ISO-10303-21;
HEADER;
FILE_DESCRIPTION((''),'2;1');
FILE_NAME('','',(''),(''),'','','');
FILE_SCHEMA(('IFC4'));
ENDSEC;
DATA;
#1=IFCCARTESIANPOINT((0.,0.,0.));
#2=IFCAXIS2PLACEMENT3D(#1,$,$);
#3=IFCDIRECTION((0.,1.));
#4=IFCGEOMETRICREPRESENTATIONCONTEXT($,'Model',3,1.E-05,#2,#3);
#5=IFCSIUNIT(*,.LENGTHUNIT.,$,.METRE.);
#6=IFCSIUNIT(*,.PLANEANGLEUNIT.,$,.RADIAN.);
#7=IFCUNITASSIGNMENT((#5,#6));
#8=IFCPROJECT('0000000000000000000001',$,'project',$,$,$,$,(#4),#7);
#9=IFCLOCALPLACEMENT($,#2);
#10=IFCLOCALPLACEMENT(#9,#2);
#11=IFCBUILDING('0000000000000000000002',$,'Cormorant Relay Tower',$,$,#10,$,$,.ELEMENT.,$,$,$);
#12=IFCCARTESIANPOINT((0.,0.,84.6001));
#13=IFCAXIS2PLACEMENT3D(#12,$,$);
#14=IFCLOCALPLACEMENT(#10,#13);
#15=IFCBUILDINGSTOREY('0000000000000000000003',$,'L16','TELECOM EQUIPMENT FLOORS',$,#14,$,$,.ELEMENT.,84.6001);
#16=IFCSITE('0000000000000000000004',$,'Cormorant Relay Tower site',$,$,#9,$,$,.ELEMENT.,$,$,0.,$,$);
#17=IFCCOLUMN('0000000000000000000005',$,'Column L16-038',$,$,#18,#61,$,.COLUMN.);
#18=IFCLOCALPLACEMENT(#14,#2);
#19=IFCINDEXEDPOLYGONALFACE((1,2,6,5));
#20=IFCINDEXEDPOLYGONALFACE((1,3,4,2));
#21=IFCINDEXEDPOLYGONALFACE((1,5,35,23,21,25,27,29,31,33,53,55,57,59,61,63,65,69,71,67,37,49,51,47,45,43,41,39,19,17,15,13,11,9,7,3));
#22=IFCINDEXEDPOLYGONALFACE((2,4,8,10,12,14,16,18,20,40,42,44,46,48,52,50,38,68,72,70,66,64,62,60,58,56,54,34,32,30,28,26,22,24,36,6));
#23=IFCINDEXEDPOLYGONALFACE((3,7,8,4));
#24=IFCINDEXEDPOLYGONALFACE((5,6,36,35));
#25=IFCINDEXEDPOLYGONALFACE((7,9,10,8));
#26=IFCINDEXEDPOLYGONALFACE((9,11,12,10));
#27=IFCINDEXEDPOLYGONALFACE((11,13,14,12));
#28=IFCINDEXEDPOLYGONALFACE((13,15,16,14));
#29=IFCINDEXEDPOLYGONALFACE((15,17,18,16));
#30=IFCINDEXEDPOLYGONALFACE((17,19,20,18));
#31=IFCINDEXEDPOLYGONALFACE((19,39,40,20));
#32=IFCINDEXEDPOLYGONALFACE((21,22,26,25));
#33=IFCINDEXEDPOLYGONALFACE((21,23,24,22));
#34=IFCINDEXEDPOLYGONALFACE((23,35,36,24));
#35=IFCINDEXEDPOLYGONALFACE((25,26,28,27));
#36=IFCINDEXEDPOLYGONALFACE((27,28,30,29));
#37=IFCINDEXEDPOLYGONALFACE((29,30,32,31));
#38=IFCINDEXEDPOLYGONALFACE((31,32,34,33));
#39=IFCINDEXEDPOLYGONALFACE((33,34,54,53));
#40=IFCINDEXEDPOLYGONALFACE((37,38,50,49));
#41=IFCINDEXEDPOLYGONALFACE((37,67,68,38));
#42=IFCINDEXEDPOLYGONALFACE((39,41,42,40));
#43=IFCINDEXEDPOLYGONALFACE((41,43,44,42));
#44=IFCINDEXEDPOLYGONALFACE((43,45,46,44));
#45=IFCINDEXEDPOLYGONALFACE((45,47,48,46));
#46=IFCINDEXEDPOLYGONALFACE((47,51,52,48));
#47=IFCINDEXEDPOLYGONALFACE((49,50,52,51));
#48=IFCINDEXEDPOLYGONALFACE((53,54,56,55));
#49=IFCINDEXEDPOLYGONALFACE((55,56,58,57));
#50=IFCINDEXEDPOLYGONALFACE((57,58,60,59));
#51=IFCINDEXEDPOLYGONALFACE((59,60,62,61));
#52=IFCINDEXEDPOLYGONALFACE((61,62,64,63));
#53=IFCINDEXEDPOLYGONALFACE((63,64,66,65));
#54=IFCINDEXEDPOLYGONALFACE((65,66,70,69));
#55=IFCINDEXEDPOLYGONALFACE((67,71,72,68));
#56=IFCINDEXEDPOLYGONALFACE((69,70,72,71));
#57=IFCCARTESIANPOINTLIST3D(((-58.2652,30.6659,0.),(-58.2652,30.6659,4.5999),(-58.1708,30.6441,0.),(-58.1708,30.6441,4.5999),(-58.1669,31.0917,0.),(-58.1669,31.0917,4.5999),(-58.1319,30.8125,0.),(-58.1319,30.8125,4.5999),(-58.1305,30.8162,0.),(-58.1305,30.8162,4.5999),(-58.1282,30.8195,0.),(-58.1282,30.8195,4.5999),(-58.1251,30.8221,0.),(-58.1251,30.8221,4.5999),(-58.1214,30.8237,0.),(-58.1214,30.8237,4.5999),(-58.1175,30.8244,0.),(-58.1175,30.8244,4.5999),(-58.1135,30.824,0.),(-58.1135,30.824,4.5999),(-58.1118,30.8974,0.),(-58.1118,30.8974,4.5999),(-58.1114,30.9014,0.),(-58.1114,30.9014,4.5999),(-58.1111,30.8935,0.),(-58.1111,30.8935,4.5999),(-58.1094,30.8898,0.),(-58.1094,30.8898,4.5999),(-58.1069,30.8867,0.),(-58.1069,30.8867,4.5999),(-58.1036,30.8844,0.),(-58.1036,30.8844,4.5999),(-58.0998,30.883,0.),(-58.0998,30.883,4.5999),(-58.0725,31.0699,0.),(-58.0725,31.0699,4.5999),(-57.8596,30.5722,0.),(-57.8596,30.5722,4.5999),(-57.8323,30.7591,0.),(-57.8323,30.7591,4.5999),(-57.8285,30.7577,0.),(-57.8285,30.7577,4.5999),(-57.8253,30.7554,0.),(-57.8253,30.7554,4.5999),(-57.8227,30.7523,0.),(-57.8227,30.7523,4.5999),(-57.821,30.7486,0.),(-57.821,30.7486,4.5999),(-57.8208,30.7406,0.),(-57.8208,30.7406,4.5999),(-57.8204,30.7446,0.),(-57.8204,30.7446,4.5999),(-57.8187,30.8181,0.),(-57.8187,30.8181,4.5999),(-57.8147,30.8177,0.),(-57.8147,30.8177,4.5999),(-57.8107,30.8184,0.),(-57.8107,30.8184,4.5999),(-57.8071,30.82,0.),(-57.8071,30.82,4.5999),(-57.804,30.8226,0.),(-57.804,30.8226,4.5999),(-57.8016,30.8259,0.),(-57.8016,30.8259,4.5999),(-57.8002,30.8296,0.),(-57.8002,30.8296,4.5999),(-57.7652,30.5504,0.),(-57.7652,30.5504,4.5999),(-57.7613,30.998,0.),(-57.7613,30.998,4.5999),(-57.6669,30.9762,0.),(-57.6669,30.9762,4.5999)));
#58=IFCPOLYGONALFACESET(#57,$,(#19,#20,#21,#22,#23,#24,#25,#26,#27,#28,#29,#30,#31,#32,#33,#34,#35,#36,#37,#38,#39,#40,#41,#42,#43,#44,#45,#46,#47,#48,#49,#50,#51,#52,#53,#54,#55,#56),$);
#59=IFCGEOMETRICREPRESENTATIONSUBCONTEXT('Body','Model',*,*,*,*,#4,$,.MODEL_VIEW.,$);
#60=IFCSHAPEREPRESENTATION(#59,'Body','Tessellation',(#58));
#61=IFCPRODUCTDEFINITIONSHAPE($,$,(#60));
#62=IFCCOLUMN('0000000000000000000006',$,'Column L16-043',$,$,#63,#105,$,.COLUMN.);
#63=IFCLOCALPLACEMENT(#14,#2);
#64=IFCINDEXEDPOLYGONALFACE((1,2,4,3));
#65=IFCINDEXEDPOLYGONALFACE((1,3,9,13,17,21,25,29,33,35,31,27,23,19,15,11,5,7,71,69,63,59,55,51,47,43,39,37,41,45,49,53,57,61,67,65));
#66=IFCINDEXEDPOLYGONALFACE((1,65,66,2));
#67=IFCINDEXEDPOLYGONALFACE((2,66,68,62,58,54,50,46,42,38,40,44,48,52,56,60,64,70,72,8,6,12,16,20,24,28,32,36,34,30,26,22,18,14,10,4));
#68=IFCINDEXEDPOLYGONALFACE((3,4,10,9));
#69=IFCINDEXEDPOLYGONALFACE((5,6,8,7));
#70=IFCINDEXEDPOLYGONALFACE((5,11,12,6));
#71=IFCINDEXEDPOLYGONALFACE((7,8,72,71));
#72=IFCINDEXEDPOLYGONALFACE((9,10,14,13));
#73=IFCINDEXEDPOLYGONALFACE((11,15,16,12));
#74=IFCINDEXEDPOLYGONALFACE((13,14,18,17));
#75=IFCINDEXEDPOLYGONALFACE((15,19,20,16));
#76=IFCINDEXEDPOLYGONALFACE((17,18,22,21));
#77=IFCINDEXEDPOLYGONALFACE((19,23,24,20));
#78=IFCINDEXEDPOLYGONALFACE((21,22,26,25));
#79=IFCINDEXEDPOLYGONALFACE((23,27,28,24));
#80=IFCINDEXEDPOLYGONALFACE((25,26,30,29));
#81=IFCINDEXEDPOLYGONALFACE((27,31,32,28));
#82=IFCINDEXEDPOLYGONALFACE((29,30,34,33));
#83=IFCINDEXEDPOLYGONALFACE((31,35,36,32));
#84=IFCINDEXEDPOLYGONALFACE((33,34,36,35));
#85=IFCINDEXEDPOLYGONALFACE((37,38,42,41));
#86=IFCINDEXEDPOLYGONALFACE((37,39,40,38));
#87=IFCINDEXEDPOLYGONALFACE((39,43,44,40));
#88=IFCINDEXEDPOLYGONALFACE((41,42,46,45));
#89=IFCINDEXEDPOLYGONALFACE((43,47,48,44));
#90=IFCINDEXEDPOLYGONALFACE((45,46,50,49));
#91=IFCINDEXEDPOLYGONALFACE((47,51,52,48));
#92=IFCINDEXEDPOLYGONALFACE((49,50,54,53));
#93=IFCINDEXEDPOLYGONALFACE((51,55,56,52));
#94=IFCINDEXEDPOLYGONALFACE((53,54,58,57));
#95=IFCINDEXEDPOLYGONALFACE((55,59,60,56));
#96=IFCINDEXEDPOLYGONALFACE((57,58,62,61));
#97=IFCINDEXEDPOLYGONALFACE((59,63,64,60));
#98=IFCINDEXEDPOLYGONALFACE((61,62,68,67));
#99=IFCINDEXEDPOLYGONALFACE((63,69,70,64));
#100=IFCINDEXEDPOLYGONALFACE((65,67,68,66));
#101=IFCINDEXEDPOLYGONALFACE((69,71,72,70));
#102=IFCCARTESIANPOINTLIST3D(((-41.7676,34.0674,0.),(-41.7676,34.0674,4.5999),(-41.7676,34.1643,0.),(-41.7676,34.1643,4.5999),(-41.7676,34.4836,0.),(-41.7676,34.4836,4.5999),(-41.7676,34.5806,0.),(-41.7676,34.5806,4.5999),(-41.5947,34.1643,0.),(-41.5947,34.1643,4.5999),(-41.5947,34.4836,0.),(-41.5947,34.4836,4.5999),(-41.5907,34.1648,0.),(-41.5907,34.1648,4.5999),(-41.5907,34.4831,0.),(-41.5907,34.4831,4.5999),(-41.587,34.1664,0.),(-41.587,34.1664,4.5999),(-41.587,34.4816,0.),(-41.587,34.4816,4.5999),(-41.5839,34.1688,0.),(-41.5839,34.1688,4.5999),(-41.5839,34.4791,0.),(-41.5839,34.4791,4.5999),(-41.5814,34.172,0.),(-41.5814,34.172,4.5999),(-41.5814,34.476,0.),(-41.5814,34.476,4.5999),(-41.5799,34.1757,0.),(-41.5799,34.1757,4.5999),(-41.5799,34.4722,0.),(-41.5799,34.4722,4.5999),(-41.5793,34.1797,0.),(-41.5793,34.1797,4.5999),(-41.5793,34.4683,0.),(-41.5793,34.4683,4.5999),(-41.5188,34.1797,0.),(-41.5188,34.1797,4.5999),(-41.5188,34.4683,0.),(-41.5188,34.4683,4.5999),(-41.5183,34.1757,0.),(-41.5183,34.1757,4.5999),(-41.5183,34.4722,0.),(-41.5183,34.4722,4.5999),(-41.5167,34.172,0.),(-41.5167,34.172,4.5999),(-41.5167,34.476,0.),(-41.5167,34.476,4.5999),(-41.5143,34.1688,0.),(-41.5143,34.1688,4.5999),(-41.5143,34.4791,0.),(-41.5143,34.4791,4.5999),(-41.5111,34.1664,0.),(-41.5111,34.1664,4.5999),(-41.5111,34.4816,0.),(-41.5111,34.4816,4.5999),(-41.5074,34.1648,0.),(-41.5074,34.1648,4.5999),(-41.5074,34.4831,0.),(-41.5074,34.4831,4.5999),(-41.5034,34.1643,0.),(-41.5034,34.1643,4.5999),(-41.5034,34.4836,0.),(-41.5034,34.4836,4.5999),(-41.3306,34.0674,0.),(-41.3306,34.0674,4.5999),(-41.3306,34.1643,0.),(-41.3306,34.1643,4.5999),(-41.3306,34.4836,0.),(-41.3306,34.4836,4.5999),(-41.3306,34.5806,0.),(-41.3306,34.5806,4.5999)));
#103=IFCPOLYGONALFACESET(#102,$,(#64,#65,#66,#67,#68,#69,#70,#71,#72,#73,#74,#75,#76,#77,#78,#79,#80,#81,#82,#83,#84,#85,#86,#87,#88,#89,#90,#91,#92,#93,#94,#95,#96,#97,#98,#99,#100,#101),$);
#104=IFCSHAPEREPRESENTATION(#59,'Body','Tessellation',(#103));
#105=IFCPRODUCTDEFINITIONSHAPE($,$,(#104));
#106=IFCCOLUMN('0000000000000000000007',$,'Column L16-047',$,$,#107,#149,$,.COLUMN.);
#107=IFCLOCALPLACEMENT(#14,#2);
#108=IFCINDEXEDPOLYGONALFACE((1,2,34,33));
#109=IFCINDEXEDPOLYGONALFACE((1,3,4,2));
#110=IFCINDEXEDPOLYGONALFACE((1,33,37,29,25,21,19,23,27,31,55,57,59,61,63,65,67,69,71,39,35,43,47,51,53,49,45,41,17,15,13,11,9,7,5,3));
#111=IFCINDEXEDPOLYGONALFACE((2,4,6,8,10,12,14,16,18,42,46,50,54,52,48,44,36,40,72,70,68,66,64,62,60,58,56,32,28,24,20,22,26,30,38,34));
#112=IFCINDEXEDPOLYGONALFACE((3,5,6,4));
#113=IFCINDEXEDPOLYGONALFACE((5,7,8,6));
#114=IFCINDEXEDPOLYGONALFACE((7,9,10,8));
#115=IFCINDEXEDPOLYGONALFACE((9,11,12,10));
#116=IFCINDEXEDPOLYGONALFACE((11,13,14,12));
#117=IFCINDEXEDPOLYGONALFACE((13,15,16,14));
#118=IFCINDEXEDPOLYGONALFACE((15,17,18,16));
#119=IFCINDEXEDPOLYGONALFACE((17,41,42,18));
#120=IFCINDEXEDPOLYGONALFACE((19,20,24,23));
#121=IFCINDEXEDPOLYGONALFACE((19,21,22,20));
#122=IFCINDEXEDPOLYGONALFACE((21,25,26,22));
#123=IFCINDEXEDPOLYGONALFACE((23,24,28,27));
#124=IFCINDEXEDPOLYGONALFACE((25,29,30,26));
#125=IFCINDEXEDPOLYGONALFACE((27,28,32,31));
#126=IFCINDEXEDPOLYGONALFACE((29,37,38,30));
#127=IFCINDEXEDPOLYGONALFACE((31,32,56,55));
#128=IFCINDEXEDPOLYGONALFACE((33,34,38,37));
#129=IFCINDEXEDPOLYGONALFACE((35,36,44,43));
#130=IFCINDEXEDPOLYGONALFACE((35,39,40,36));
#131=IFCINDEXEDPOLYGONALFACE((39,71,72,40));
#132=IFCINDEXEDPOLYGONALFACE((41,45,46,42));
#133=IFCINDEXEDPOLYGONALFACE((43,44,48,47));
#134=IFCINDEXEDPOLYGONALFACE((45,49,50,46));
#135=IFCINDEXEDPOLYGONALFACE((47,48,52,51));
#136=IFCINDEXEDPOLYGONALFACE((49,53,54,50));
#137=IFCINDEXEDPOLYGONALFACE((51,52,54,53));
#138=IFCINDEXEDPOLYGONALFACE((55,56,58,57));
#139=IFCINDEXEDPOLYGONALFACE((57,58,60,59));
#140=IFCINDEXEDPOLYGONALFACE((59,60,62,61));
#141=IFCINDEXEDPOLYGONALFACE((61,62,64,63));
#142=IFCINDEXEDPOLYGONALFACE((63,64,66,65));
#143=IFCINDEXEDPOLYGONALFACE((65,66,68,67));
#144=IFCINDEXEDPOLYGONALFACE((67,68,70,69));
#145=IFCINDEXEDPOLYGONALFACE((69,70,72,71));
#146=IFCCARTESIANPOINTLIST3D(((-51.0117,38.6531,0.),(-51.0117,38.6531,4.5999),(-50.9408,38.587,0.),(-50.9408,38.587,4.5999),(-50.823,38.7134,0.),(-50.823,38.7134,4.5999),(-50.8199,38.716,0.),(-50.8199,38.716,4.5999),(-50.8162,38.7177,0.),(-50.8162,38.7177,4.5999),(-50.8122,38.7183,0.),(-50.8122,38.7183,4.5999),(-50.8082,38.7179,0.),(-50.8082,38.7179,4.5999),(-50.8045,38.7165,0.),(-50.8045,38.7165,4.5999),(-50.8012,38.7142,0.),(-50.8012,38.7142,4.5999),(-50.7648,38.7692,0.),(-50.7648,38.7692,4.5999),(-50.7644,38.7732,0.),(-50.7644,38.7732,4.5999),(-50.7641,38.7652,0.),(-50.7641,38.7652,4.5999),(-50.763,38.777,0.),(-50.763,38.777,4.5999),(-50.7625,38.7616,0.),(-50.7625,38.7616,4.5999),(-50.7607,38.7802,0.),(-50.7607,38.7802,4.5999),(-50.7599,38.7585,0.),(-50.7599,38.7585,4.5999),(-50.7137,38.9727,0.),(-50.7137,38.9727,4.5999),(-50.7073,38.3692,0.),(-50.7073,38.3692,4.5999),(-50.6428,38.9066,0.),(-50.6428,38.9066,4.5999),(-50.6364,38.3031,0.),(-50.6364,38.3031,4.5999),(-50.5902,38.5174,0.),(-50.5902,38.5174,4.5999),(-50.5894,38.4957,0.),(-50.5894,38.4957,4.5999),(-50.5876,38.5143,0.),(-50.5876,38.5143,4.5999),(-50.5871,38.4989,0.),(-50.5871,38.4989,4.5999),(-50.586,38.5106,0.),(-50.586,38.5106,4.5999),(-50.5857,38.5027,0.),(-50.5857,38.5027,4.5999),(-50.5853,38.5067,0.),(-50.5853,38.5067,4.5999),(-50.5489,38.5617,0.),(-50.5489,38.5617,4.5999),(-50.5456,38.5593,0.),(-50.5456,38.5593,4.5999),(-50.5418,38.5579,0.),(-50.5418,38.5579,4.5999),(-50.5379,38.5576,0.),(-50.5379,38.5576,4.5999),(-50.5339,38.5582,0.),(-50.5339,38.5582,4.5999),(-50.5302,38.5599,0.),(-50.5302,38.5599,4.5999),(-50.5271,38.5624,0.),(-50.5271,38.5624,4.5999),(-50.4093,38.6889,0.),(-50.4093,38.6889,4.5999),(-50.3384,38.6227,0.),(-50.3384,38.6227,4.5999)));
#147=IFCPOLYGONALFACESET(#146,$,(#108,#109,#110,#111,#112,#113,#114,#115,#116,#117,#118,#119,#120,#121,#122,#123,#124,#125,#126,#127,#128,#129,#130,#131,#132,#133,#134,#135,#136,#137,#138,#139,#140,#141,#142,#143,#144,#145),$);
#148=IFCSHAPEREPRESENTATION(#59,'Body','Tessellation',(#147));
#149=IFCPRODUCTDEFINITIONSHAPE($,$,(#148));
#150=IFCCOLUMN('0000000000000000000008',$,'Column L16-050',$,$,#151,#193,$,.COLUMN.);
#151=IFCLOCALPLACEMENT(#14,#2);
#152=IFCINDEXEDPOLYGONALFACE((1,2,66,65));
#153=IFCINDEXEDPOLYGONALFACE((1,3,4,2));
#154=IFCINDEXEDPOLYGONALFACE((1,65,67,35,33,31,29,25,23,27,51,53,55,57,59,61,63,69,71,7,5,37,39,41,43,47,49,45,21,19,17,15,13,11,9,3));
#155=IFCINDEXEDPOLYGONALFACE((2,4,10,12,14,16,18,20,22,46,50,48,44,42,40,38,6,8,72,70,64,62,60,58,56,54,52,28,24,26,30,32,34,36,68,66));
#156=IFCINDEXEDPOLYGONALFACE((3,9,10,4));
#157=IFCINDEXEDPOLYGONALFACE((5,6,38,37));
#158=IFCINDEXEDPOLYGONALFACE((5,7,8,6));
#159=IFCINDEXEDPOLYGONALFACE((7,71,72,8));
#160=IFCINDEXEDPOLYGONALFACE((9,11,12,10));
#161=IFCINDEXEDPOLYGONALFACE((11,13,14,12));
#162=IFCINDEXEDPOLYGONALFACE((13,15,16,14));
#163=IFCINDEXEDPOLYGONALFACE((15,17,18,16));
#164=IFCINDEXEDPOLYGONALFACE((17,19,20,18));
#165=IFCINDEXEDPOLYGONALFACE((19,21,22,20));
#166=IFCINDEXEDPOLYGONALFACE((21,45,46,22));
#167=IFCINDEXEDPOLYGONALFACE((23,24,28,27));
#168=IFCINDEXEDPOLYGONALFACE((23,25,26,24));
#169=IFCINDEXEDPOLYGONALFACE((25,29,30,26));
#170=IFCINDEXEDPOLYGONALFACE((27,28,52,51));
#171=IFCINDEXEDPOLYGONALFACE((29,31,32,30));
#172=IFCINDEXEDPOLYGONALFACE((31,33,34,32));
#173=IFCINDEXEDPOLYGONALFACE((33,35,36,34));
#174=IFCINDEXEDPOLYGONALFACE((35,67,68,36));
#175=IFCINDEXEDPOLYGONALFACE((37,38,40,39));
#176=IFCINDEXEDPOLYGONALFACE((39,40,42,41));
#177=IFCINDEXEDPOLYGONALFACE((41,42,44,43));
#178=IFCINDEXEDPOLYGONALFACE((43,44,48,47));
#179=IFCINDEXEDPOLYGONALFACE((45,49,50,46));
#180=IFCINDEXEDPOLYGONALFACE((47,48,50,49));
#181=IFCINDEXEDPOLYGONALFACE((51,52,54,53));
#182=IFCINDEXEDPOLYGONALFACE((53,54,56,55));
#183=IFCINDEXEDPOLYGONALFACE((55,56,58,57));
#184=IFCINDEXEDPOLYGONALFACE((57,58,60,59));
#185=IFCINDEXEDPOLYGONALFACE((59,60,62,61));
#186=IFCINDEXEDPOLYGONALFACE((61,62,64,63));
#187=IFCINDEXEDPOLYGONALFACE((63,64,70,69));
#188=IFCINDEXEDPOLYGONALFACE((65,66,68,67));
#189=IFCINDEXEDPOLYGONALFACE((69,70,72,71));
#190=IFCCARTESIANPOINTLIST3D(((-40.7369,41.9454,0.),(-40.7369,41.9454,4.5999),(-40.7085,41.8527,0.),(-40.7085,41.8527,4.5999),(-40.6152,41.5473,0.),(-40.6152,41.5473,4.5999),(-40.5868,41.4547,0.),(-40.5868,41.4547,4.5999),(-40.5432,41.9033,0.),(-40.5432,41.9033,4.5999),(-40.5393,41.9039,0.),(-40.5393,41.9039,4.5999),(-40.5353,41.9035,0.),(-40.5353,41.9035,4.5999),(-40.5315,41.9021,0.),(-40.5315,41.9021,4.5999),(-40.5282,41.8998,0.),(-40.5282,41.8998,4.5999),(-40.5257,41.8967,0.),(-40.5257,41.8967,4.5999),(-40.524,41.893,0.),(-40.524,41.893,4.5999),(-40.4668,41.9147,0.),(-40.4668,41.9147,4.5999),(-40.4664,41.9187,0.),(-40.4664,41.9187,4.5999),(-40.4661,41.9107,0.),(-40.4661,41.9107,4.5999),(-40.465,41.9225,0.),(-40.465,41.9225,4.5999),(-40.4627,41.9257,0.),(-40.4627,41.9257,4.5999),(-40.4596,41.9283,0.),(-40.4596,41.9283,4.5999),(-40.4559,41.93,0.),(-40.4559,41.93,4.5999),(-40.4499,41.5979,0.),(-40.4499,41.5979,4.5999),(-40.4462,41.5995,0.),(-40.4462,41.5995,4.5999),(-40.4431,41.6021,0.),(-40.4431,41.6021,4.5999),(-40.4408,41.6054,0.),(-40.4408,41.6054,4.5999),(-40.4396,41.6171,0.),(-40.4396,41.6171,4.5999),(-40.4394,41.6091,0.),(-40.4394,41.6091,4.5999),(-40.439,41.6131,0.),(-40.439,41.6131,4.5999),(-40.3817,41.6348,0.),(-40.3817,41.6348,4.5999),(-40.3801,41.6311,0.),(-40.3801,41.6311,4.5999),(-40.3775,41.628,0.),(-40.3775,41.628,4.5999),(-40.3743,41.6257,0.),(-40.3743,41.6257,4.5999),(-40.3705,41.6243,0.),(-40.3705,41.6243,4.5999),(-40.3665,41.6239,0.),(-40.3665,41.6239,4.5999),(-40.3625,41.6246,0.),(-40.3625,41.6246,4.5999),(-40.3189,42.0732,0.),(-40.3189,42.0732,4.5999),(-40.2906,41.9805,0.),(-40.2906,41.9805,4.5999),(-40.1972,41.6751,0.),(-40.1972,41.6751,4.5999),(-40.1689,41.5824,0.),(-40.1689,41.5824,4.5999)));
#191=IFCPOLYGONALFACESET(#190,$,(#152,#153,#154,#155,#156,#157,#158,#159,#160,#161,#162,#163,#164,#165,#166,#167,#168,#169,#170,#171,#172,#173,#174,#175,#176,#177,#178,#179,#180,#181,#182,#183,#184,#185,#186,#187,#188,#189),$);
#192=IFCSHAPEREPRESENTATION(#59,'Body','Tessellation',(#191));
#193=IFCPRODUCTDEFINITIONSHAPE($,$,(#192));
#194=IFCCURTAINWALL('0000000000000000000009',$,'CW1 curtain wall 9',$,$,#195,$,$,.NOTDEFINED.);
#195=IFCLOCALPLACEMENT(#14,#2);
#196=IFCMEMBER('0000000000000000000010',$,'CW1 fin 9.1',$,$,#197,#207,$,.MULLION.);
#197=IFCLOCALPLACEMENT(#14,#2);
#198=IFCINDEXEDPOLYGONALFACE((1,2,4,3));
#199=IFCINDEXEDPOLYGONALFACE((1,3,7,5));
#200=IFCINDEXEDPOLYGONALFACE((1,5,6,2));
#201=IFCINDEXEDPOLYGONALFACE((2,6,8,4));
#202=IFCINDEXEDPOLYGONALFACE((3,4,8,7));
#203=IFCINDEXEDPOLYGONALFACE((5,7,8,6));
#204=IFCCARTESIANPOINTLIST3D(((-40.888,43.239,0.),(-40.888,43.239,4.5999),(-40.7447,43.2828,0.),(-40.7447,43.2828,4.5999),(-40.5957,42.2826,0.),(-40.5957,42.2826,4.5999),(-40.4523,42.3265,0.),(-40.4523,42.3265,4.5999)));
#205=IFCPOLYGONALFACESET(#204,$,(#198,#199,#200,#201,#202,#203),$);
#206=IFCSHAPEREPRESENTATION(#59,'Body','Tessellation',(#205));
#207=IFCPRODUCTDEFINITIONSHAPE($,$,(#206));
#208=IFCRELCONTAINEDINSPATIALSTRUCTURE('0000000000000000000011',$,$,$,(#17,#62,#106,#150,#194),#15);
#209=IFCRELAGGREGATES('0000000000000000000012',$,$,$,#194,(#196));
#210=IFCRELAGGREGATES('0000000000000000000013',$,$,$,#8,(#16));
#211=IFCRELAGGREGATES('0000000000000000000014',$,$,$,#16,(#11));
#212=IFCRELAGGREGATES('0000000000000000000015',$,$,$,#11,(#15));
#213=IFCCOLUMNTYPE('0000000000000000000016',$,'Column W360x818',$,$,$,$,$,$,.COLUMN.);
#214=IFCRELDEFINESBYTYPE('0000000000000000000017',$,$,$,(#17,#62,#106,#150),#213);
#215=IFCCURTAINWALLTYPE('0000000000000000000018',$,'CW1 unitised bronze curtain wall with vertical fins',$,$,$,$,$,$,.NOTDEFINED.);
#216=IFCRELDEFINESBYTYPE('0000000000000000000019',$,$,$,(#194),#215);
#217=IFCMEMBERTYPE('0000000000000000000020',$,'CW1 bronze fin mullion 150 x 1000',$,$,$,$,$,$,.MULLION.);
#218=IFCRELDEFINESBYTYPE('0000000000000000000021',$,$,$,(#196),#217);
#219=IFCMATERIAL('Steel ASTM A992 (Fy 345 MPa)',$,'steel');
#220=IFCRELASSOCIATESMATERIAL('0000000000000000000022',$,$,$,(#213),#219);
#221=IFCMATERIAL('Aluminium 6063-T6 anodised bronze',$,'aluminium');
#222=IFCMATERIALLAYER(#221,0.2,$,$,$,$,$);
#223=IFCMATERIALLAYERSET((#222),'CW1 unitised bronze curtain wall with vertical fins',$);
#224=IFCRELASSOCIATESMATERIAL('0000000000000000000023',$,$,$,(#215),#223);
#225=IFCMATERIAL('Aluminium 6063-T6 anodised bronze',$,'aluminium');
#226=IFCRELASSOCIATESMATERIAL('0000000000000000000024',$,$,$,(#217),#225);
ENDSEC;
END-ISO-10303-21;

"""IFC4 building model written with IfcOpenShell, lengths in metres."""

from ifc_helpers import new_model, si_unit, direction, frame, origin, origin_2d, place, context, subcontext, project, spatial, rectangle, i_section, extrude, material, layer, layer_set, material_profile, profile_set, type_object, element, aggregate, save


model = new_model("IFC4")

# Units and contexts
model_context = context("Model", 3, precision=1e-05, world=origin(), true_north=direction((0.0, 1.0)))
body_context = subcontext(model_context, "Body", "Model", "MODEL_VIEW")
ifc_project = project(units=[si_unit("LENGTHUNIT", "METRE"), si_unit("PLANEANGLEUNIT", "RADIAN")], contexts=[model_context])

# Site, building, storey
site_placement = place(None, origin())
site = spatial("IfcSite", under=ifc_project, at=site_placement, Name="Cormorant Relay Tower site", CompositionType="ELEMENT", RefElevation=0.0)
building_placement = place(site_placement, origin())
building = spatial("IfcBuilding", under=site, at=building_placement, Name="Cormorant Relay Tower", CompositionType="ELEMENT")
storey_placement = place(building_placement, frame((0.0, 0.0, 84.6001)))
storey = spatial("IfcBuildingStorey", under=building, at=storey_placement, Name="L16", Description="TELECOM EQUIPMENT FLOORS", CompositionType="ELEMENT", Elevation=84.6001)

# Columns
ifc_material_1 = material(Name="Steel ASTM A992 (Fy 345 MPa)", Category="steel")
ifc_material_profile_1 = material_profile(ifc_material_1, i_section(OverallWidth=0.437, OverallDepth=0.5132, WebThickness=0.0605, FlangeThickness=0.0969, FilletRadius=0.0154, at=origin_2d()), Name="W360x818")
ifc_profile_set_1 = profile_set([ifc_material_profile_1], Name="Steel ASTM A992 (Fy 345 MPa)")
column_type = type_object("IfcColumnType", Name="Column W360x818", PredefinedType="COLUMN", material=ifc_profile_set_1)
for number, where, z_axis, x_axis, name in (
    (1, (-57.9661, 30.821, 0.0), (0.0, 0.0, 1.0), (-0.224951, -0.97437, 0.0), "Column L16-038"),
    (2, (-41.5491, 34.324, 0.0), (0.0, 0.0, 1.0), (1.0, 0.0, 0.0), "Column L16-043"),
    (3, (-50.675, 38.6379, 0.0), (0.0, 0.0, 1.0), (-0.681998, -0.731354, 0.0), "Column L16-047"),
    (4, (-40.4529, 41.7639, 0.0), (0.0, 0.0, 1.0), (-0.956305, -0.292372, 0.0), "Column L16-050"),
):
    element("IfcColumn", number, at=place(storey_placement, frame(where, z_axis=z_axis, x_axis=x_axis)), inside=storey, type_object=column_type, Name=name, PredefinedType="COLUMN", context=body_context, shape_type="SweptSolid", body=[
        extrude(i_section(OverallWidth=0.437, OverallDepth=0.5132, WebThickness=0.0605, FlangeThickness=0.0969, FilletRadius=0.0154, at=origin_2d()), origin(), (0.0, 0.0, 1.0), 4.5999),
    ])

# Curtain wall, member
ifc_material_2 = material(Name="Aluminium 6063-T6 anodised bronze", Category="aluminium")
ifc_layer_1 = layer(ifc_material_2, 0.2)
ifc_layer_set_1 = layer_set([ifc_layer_1], Name="CW1 unitised bronze curtain wall with vertical fins")
curtain_wall_type = type_object("IfcCurtainWallType", Name="CW1 unitised bronze curtain wall with vertical fins", PredefinedType="NOTDEFINED", material=ifc_layer_set_1)
curtain_wall_1_placement = place(storey_placement, origin())
curtain_wall_1 = element("IfcCurtainWall", 5, at=curtain_wall_1_placement, inside=storey, type_object=curtain_wall_type, Name="CW1 curtain wall 9", PredefinedType="NOTDEFINED")
ifc_material_3 = material(Name="Aluminium 6063-T6 anodised bronze", Category="aluminium")
ifc_material_profile_2 = material_profile(ifc_material_3, rectangle(XDim=0.1499, YDim=1.0, at=origin_2d()), Name="AL 150x1000")
ifc_profile_set_2 = profile_set([ifc_material_profile_2], Name="Aluminium 6063-T6 anodised bronze")
member_type_1 = type_object("IfcMemberType", Name="CW1 bronze fin mullion 150 x 1000", PredefinedType="MULLION", material=ifc_profile_set_2)
member_1_placement = place(storey_placement, frame((-40.6702, 42.7827, 0.0), z_axis=(0.0, 0.0, 1.0), x_axis=(-0.956305, -0.292372, 0.0)))
member_1 = element("IfcMember", 6, at=member_1_placement, type_object=member_type_1, Name="CW1 fin 9.1", PredefinedType="MULLION", context=body_context, shape_type="SweptSolid", body=[
    extrude(rectangle(XDim=0.1499, YDim=1.0, at=origin_2d()), origin(), (0.0, 0.0, 1.0), 4.5999),
])

aggregate(curtain_wall_1, [member_1])

save(model, "model.ifc")
